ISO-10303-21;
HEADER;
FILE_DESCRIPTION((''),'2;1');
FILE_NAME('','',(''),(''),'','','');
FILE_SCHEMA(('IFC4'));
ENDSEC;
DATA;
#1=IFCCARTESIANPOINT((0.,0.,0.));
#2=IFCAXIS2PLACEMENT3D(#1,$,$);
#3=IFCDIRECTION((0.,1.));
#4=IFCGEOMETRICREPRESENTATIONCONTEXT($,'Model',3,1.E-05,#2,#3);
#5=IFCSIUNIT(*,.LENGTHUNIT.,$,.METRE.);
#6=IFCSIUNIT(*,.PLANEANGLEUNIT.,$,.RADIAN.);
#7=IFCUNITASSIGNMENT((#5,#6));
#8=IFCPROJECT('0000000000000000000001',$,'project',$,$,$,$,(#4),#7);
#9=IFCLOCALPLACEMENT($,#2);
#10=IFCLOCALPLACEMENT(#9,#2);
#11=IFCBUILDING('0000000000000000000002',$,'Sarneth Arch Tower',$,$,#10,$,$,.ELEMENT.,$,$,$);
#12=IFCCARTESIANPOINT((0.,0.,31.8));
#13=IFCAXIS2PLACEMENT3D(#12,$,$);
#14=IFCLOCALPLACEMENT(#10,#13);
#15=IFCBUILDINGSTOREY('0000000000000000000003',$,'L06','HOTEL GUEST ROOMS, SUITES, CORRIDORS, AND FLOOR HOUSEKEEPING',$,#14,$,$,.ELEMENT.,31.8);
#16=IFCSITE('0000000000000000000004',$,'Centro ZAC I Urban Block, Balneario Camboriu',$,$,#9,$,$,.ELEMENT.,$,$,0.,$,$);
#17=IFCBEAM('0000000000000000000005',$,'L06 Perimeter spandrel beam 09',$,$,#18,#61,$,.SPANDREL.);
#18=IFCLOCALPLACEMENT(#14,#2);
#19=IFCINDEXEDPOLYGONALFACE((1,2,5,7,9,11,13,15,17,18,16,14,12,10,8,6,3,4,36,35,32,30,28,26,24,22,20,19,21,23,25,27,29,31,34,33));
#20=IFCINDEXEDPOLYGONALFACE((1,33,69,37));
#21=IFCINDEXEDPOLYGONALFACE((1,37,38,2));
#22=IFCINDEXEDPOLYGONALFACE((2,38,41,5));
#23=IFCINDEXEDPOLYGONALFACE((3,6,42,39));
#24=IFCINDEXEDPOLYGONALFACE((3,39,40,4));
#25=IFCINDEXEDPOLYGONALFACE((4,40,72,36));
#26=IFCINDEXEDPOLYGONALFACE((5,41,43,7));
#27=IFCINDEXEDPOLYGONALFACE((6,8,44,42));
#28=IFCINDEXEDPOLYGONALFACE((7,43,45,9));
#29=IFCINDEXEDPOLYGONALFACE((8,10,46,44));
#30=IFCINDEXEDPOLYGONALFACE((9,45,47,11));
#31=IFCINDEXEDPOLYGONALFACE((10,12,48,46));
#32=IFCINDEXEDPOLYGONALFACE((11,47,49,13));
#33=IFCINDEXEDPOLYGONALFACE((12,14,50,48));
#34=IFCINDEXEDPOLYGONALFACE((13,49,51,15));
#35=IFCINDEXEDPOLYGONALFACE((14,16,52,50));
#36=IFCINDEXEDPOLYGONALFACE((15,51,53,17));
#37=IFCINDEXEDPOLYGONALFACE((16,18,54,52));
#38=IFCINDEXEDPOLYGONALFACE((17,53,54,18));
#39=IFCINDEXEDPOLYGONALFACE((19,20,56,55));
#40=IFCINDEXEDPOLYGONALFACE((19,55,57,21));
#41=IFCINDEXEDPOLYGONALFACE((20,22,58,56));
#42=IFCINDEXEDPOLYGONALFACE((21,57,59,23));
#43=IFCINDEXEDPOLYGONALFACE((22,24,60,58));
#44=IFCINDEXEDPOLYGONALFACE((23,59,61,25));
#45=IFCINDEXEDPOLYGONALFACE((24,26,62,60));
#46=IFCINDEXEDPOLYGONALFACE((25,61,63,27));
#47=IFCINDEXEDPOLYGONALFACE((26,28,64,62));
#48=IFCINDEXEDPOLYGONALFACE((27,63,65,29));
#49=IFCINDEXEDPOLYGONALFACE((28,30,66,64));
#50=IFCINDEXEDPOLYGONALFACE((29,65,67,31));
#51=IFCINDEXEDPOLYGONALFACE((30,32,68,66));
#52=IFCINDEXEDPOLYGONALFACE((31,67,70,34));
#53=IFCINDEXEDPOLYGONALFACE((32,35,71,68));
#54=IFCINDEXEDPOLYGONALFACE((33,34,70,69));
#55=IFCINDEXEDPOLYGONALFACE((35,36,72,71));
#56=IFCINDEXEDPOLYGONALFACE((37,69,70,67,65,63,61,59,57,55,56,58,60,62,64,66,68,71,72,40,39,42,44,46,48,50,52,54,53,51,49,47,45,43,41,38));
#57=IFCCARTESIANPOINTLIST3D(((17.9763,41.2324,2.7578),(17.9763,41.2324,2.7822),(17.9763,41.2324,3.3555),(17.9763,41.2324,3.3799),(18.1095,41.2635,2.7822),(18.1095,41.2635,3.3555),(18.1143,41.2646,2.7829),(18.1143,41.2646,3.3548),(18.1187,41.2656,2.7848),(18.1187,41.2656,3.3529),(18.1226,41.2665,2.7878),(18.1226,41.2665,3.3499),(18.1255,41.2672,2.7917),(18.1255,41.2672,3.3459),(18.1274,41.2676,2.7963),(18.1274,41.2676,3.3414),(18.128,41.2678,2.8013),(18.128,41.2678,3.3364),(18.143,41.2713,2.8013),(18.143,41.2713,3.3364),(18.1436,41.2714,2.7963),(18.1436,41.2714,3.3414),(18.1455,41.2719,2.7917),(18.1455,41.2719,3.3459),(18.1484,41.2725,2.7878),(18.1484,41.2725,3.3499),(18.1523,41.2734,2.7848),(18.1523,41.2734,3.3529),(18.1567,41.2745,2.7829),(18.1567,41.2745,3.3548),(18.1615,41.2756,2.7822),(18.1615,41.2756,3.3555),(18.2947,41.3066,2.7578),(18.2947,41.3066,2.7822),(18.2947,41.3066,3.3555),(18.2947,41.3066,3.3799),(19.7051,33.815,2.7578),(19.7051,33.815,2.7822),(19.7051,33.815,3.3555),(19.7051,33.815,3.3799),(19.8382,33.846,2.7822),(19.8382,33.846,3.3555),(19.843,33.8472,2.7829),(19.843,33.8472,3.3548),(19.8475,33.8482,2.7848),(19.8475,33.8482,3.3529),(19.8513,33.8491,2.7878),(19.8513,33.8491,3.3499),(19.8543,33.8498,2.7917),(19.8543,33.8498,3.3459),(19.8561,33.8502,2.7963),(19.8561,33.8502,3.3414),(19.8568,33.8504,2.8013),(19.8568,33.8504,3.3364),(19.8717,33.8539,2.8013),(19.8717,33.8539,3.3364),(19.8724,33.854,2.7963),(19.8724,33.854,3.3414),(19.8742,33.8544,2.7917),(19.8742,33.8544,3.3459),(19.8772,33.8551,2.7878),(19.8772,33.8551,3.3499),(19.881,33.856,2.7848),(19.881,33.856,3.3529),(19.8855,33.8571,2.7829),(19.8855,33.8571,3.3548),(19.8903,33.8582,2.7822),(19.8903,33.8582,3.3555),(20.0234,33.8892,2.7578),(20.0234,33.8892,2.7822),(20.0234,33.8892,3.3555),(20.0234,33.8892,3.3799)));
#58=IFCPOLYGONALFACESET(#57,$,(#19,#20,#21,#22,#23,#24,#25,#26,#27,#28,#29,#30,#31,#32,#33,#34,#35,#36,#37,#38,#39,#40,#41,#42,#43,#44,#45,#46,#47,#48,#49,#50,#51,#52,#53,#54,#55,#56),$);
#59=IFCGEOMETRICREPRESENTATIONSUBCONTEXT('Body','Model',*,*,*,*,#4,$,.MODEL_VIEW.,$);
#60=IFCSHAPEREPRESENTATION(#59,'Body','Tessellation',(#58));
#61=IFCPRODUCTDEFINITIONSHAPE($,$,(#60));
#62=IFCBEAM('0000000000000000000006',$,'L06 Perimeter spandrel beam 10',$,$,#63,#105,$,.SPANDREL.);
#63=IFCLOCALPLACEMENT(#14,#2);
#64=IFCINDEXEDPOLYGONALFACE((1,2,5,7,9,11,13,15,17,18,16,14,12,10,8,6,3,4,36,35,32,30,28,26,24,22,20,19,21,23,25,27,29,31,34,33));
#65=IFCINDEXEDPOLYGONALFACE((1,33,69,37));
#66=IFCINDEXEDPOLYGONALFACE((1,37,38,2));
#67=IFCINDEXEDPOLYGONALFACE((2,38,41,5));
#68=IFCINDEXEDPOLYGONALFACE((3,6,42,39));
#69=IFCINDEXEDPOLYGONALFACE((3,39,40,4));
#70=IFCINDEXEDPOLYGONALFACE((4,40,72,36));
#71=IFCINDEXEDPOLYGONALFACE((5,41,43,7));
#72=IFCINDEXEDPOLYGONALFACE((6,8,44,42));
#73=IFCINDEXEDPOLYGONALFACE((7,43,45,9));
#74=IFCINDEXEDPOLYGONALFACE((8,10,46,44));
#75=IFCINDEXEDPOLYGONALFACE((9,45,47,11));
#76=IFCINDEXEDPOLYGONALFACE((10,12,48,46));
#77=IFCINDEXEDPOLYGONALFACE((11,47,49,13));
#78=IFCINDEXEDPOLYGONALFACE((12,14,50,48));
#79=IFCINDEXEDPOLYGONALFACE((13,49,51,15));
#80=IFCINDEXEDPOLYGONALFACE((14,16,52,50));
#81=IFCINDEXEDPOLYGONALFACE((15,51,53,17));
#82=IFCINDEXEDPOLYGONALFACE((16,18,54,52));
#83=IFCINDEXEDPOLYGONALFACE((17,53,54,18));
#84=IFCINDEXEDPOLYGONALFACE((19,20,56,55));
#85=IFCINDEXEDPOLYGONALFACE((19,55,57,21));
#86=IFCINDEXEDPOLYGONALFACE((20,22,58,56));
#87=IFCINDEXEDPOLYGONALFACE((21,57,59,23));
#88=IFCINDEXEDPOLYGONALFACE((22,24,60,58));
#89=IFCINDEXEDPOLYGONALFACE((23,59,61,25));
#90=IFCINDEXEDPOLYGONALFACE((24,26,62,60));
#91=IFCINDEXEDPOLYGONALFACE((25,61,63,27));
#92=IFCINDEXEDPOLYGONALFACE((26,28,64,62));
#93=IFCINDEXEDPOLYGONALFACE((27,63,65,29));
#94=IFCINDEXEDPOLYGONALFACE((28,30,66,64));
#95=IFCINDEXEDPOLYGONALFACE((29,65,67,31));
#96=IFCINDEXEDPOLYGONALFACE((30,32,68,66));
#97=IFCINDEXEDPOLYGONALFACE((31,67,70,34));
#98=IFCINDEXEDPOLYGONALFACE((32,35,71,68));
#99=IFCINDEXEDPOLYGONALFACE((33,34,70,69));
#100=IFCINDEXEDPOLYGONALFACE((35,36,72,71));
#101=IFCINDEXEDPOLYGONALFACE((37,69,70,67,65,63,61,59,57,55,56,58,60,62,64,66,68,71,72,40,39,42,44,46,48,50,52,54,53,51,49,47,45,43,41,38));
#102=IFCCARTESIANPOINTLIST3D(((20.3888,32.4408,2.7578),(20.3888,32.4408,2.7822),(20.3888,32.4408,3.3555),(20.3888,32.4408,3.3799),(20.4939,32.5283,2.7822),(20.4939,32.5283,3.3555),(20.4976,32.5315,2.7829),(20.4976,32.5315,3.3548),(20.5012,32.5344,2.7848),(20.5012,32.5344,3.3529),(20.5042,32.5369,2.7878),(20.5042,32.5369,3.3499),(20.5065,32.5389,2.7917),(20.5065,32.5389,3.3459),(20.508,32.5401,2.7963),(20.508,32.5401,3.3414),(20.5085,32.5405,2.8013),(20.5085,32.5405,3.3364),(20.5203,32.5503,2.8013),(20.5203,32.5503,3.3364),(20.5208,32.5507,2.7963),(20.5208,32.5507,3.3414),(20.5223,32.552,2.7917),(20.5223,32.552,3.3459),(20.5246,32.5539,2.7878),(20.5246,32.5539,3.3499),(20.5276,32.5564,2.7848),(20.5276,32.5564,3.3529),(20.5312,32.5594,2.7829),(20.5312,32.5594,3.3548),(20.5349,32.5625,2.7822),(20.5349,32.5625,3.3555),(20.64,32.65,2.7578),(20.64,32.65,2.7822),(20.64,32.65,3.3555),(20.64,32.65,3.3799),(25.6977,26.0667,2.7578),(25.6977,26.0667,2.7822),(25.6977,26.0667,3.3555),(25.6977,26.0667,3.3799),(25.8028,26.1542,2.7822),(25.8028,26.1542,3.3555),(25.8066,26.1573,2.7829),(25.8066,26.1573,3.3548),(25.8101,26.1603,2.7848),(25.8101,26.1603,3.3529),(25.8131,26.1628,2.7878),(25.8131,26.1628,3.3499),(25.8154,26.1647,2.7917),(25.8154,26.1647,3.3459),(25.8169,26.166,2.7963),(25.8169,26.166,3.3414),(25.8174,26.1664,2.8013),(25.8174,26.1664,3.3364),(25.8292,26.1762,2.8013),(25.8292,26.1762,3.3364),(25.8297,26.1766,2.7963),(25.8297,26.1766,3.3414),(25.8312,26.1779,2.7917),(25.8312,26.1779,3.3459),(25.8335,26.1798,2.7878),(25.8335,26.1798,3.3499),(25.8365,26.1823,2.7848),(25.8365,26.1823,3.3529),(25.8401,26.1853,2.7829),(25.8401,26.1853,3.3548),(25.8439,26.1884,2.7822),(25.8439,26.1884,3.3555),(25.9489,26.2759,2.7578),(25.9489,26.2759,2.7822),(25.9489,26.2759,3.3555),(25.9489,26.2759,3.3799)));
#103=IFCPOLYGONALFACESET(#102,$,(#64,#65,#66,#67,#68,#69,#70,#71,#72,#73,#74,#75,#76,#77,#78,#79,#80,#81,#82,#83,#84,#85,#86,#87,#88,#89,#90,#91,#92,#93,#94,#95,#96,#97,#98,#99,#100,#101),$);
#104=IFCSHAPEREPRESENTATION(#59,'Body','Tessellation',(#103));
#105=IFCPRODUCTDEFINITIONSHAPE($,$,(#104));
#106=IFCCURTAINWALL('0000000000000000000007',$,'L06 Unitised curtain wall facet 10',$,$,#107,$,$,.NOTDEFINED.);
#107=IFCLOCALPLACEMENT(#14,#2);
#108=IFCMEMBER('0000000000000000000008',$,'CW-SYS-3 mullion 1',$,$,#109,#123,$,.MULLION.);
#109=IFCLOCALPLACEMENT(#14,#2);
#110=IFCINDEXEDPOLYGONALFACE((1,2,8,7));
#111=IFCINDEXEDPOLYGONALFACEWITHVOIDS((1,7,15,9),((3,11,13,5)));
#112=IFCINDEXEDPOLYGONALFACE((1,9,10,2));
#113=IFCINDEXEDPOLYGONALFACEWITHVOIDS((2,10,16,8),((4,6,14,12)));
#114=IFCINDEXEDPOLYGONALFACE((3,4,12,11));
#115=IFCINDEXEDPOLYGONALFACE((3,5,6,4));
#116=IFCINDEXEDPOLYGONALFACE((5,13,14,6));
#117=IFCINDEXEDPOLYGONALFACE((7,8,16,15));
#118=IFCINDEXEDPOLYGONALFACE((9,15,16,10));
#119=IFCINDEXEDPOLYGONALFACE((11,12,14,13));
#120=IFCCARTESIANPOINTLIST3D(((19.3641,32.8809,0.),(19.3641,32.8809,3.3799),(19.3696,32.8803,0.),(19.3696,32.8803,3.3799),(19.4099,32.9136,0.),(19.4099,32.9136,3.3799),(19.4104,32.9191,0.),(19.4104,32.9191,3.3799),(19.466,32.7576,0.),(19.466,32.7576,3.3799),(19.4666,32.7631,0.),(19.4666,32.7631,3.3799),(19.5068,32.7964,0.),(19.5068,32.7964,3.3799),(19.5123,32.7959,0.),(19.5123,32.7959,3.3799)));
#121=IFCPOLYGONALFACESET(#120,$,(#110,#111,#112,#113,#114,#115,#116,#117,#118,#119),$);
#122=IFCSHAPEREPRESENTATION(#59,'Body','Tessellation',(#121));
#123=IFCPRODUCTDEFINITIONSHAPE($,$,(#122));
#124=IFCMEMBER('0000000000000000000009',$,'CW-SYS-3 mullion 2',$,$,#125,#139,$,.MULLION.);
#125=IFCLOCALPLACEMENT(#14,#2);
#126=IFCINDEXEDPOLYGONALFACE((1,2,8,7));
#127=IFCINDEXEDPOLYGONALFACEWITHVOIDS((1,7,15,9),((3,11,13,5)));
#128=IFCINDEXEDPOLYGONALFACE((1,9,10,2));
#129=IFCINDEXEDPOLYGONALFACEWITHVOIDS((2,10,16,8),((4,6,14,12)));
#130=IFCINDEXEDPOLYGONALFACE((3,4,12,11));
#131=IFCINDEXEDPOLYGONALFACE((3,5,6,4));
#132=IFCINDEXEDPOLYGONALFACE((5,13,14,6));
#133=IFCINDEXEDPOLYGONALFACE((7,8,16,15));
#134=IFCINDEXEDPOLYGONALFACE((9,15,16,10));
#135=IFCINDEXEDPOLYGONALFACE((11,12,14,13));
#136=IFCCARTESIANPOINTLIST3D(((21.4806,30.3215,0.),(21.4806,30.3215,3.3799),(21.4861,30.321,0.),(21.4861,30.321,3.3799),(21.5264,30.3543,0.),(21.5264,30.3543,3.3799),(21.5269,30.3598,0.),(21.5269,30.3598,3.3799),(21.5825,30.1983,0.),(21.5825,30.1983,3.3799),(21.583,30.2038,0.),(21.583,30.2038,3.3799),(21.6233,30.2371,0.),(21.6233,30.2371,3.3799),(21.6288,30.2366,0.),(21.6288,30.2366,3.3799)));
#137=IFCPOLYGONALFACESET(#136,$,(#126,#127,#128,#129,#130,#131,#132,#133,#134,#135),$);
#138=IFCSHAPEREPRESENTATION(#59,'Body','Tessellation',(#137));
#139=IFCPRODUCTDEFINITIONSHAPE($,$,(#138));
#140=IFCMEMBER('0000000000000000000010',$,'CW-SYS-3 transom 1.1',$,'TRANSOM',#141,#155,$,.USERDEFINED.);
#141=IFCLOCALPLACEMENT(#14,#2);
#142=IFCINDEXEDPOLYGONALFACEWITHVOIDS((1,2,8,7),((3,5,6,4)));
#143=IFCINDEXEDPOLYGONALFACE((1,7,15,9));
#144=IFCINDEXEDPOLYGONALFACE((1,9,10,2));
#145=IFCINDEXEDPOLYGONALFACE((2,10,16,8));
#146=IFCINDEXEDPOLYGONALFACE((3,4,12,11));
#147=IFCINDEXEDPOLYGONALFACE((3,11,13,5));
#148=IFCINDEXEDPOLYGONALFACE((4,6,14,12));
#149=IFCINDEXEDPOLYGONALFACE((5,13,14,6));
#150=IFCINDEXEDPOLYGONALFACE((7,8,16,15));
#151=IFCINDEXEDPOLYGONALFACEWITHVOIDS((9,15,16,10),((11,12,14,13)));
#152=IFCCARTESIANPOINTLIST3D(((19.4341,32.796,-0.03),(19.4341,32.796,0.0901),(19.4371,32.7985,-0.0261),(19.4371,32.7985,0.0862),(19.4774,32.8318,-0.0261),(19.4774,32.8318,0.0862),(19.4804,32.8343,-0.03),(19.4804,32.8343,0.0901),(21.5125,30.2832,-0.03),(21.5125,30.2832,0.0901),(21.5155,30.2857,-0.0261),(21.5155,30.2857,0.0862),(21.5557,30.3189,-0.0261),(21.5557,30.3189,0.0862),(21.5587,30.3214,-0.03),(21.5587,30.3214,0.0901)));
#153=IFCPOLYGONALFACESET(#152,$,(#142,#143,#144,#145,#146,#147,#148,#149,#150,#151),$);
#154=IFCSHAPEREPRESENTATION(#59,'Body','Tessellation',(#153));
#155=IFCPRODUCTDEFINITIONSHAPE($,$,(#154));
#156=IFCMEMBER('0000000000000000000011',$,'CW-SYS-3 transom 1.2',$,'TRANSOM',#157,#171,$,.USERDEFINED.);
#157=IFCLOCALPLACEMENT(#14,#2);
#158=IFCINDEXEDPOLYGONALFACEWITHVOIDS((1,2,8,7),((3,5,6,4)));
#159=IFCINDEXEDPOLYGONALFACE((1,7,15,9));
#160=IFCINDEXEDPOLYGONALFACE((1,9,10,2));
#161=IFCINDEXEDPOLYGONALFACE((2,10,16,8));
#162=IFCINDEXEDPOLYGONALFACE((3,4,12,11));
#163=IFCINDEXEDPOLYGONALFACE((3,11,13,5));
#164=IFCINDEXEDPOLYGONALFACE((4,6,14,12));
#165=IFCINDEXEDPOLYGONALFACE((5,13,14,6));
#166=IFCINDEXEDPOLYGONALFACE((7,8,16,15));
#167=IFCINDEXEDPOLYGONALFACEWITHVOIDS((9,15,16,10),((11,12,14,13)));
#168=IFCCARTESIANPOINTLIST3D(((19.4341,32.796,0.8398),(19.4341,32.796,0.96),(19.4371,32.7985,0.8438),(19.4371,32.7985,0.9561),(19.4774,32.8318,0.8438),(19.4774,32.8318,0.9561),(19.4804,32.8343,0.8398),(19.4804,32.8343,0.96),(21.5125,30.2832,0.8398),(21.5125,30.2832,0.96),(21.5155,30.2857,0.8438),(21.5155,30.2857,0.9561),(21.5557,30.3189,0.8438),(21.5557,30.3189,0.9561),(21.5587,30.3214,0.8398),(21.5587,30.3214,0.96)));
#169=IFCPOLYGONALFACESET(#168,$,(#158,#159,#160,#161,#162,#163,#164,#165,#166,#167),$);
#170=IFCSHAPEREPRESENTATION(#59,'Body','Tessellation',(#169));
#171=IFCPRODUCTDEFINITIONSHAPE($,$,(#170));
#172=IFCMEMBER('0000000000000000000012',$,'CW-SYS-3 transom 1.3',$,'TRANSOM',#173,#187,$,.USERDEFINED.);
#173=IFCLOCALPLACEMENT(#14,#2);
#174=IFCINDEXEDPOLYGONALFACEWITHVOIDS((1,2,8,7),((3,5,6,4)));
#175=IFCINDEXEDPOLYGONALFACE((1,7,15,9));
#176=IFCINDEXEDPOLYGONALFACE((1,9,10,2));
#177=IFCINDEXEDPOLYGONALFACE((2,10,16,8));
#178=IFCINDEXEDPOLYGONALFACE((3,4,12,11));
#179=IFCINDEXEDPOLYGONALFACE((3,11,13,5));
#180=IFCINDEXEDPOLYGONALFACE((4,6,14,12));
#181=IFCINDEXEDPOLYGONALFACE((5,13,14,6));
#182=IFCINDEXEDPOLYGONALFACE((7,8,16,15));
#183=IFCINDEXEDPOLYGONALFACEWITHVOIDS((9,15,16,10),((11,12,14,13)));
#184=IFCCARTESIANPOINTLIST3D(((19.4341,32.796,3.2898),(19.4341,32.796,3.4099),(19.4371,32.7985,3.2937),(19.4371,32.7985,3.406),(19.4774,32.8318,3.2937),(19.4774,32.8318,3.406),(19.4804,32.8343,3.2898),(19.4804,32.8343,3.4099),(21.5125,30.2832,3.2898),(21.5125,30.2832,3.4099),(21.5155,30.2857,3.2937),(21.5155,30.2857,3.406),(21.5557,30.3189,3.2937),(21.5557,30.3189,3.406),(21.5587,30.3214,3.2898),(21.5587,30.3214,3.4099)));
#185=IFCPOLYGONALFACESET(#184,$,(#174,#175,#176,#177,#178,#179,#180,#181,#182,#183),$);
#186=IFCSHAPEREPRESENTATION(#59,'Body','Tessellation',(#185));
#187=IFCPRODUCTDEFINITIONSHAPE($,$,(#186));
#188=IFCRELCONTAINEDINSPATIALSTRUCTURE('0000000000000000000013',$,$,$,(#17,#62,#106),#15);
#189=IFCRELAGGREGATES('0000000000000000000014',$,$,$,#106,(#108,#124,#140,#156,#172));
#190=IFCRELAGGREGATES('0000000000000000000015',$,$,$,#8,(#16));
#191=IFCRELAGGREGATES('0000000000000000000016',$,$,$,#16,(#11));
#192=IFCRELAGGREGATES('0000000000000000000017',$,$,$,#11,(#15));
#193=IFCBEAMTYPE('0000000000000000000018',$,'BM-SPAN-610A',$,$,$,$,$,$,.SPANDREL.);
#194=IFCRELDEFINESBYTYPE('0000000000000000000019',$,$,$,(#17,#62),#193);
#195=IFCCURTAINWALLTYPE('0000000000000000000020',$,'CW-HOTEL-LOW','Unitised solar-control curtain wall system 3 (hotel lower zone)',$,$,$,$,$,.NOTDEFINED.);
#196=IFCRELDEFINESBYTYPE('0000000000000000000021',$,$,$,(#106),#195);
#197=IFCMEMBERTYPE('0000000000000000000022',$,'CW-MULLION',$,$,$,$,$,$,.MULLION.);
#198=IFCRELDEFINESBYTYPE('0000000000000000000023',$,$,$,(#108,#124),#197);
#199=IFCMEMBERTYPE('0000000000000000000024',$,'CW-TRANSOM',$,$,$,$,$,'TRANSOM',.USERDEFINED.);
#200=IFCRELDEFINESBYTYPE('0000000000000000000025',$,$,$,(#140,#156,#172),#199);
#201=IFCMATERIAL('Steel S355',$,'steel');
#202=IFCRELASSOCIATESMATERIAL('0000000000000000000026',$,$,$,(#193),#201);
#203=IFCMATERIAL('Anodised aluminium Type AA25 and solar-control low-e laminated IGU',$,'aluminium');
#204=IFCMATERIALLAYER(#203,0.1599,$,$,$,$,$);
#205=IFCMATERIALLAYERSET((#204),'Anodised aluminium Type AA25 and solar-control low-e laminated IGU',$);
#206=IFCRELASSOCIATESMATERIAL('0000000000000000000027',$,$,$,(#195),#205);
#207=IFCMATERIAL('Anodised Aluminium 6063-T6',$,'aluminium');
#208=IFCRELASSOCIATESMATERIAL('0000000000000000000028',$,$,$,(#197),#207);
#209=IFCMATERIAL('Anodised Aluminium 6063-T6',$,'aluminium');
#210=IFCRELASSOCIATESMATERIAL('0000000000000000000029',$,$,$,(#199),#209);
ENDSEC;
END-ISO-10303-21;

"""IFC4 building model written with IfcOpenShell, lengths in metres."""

from ifc_helpers import new_model, si_unit, direction, frame, origin, origin_2d, place, context, subcontext, project, spatial, hollow_rectangle, i_section, extrude, material, layer, layer_set, material_profile, profile_set, type_object, element, aggregate, save


model = new_model("IFC4")

# Units and contexts
model_context = context("Model", 3, precision=1e-05, world=origin(), true_north=direction((0.0, 1.0)))
body_context = subcontext(model_context, "Body", "Model", "MODEL_VIEW")
ifc_project = project(units=[si_unit("LENGTHUNIT", "METRE"), si_unit("PLANEANGLEUNIT", "RADIAN")], contexts=[model_context])

# Site, building, storey
site_placement = place(None, origin())
site = spatial("IfcSite", under=ifc_project, at=site_placement, Name="Centro ZAC I Urban Block, Balneario Camboriu", CompositionType="ELEMENT", RefElevation=0.0)
building_placement = place(site_placement, origin())
building = spatial("IfcBuilding", under=site, at=building_placement, Name="Sarneth Arch Tower", CompositionType="ELEMENT")
storey_placement = place(building_placement, frame((0.0, 0.0, 31.8)))
storey = spatial("IfcBuildingStorey", under=building, at=storey_placement, Name="L06", Description="HOTEL GUEST ROOMS, SUITES, CORRIDORS, AND FLOOR HOUSEKEEPING", CompositionType="ELEMENT", Elevation=31.8)

# Beams
ifc_material_1 = material(Name="Steel S355", Category="steel")
ifc_material_profile_1 = material_profile(ifc_material_1, i_section(OverallWidth=0.3269, OverallDepth=0.6221, WebThickness=0.0154, FlangeThickness=0.0244, FilletRadius=0.019, at=origin_2d()), Name="W610x195")
ifc_profile_set_1 = profile_set([ifc_material_profile_1], Name="Steel S355")
beam_type_1 = type_object("IfcBeamType", Name="BM-SPAN-610A", PredefinedType="SPANDREL", material=ifc_profile_set_1)
beam_1_placement = place(storey_placement, frame((18.1355, 41.2695, 3.0688), z_axis=(0.226982, -0.973899, 0.0), x_axis=(0.973899, 0.226982, 0.0)))
element("IfcBeam", 1, at=beam_1_placement, inside=storey, type_object=beam_type_1, Name="L06 Perimeter spandrel beam 09", PredefinedType="SPANDREL", context=body_context, shape_type="SweptSolid", body=[
    extrude(i_section(OverallWidth=0.3269, OverallDepth=0.6221, WebThickness=0.0154, FlangeThickness=0.0244, FilletRadius=0.019, at=origin_2d()), origin(), (0.0, 0.0, 1.0), 7.6162),
])
beam_2_placement = place(storey_placement, frame((20.5144, 32.5454, 3.0688), z_axis=(0.639982, -0.76839, 0.0), x_axis=(0.76839, 0.639982, 0.0)))
element("IfcBeam", 2, at=beam_2_placement, inside=storey, type_object=beam_type_1, Name="L06 Perimeter spandrel beam 10", PredefinedType="SPANDREL", context=body_context, shape_type="SweptSolid", body=[
    extrude(i_section(OverallWidth=0.3269, OverallDepth=0.6221, WebThickness=0.0154, FlangeThickness=0.0244, FilletRadius=0.019, at=origin_2d()), origin(), (0.0, 0.0, 1.0), 8.2954),
])

# Curtain wall, members
ifc_material_2 = material(Name="Anodised aluminium Type AA25 and solar-control low-e laminated IGU", Category="aluminium")
ifc_layer_1 = layer(ifc_material_2, 0.1599)
ifc_layer_set_1 = layer_set([ifc_layer_1], Name="Anodised aluminium Type AA25 and solar-control low-e laminated IGU")
curtain_wall_type = type_object("IfcCurtainWallType", Name="CW-HOTEL-LOW", Description="Unitised solar-control curtain wall system 3 (hotel lower zone)", PredefinedType="NOTDEFINED", material=ifc_layer_set_1)
curtain_wall_placement = place(storey_placement, origin())
curtain_wall = element("IfcCurtainWall", 3, at=curtain_wall_placement, inside=storey, type_object=curtain_wall_type, Name="L06 Unitised curtain wall facet 10", PredefinedType="NOTDEFINED")
ifc_material_3 = material(Name="Anodised Aluminium 6063-T6", Category="aluminium")
ifc_material_profile_2 = material_profile(ifc_material_3, hollow_rectangle(XDim=0.0601, YDim=0.1599, WallThickness=0.0039, at=origin_2d()), Name="AL-MULL-160x60x4")
ifc_profile_set_2 = profile_set([ifc_material_profile_2], Name="Anodised Aluminium 6063-T6")
member_type_1 = type_object("IfcMemberType", Name="CW-MULLION", PredefinedType="MULLION", material=ifc_profile_set_2)
member_1_placement = place(storey_placement, frame((19.4382, 32.8384, 0.0), z_axis=(0.0, 0.0, 1.0), x_axis=(0.770623, 0.637291, 0.0)))
member_1 = element("IfcMember", 4, at=member_1_placement, type_object=member_type_1, Name="CW-SYS-3 mullion 1", PredefinedType="MULLION", context=body_context, shape_type="SweptSolid", body=[
    extrude(hollow_rectangle(XDim=0.0601, YDim=0.1599, WallThickness=0.0039, at=origin_2d()), origin(), (0.0, 0.0, 1.0), 3.3799),
])
member_2_placement = place(storey_placement, frame((21.5547, 30.2791, 0.0), z_axis=(0.0, 0.0, 1.0), x_axis=(0.770623, 0.637291, 0.0)))
member_2 = element("IfcMember", 5, at=member_2_placement, type_object=member_type_1, Name="CW-SYS-3 mullion 2", PredefinedType="MULLION", context=body_context, shape_type="SweptSolid", body=[
    extrude(hollow_rectangle(XDim=0.0601, YDim=0.1599, WallThickness=0.0039, at=origin_2d()), origin(), (0.0, 0.0, 1.0), 3.3799),
])
ifc_material_4 = material(Name="Anodised Aluminium 6063-T6", Category="aluminium")
ifc_material_profile_3 = material_profile(ifc_material_4, hollow_rectangle(XDim=0.0601, YDim=0.1201, WallThickness=0.0039, at=origin_2d()), Name="AL-TRAN-120x60x4")
ifc_profile_set_3 = profile_set([ifc_material_profile_3], Name="Anodised Aluminium 6063-T6")
member_type_2 = type_object("IfcMemberType", Name="CW-TRANSOM", ElementType="TRANSOM", PredefinedType="USERDEFINED", material=ifc_profile_set_3)
member_3_placement = place(storey_placement, frame((19.4573, 32.8152, 0.03), z_axis=(0.63733, -0.770591, 0.0), x_axis=(0.770591, 0.63733, 0.0)))
member_3 = element("IfcMember", 6, at=member_3_placement, type_object=member_type_2, Name="CW-SYS-3 transom 1.1", ObjectType="TRANSOM", PredefinedType="USERDEFINED", context=body_context, shape_type="SweptSolid", body=[
    extrude(hollow_rectangle(XDim=0.0601, YDim=0.1201, WallThickness=0.0039, at=origin_2d()), origin(), (0.0, 0.0, 1.0), 3.261),
])
member_4_placement = place(storey_placement, frame((19.4573, 32.8152, 0.8999), z_axis=(0.63733, -0.770591, 0.0), x_axis=(0.770591, 0.63733, 0.0)))
member_4 = element("IfcMember", 7, at=member_4_placement, type_object=member_type_2, Name="CW-SYS-3 transom 1.2", ObjectType="TRANSOM", PredefinedType="USERDEFINED", context=body_context, shape_type="SweptSolid", body=[
    extrude(hollow_rectangle(XDim=0.0601, YDim=0.1201, WallThickness=0.0039, at=origin_2d()), origin(), (0.0, 0.0, 1.0), 3.261),
])
member_5_placement = place(storey_placement, frame((19.4573, 32.8152, 3.3499), z_axis=(0.63733, -0.770591, 0.0), x_axis=(0.770591, 0.63733, 0.0)))
member_5 = element("IfcMember", 8, at=member_5_placement, type_object=member_type_2, Name="CW-SYS-3 transom 1.3", ObjectType="TRANSOM", PredefinedType="USERDEFINED", context=body_context, shape_type="SweptSolid", body=[
    extrude(hollow_rectangle(XDim=0.0601, YDim=0.1201, WallThickness=0.0039, at=origin_2d()), origin(), (0.0, 0.0, 1.0), 3.261),
])
aggregate(curtain_wall, [member_1, member_2, member_3, member_4, member_5])

save(model, "model.ifc")
